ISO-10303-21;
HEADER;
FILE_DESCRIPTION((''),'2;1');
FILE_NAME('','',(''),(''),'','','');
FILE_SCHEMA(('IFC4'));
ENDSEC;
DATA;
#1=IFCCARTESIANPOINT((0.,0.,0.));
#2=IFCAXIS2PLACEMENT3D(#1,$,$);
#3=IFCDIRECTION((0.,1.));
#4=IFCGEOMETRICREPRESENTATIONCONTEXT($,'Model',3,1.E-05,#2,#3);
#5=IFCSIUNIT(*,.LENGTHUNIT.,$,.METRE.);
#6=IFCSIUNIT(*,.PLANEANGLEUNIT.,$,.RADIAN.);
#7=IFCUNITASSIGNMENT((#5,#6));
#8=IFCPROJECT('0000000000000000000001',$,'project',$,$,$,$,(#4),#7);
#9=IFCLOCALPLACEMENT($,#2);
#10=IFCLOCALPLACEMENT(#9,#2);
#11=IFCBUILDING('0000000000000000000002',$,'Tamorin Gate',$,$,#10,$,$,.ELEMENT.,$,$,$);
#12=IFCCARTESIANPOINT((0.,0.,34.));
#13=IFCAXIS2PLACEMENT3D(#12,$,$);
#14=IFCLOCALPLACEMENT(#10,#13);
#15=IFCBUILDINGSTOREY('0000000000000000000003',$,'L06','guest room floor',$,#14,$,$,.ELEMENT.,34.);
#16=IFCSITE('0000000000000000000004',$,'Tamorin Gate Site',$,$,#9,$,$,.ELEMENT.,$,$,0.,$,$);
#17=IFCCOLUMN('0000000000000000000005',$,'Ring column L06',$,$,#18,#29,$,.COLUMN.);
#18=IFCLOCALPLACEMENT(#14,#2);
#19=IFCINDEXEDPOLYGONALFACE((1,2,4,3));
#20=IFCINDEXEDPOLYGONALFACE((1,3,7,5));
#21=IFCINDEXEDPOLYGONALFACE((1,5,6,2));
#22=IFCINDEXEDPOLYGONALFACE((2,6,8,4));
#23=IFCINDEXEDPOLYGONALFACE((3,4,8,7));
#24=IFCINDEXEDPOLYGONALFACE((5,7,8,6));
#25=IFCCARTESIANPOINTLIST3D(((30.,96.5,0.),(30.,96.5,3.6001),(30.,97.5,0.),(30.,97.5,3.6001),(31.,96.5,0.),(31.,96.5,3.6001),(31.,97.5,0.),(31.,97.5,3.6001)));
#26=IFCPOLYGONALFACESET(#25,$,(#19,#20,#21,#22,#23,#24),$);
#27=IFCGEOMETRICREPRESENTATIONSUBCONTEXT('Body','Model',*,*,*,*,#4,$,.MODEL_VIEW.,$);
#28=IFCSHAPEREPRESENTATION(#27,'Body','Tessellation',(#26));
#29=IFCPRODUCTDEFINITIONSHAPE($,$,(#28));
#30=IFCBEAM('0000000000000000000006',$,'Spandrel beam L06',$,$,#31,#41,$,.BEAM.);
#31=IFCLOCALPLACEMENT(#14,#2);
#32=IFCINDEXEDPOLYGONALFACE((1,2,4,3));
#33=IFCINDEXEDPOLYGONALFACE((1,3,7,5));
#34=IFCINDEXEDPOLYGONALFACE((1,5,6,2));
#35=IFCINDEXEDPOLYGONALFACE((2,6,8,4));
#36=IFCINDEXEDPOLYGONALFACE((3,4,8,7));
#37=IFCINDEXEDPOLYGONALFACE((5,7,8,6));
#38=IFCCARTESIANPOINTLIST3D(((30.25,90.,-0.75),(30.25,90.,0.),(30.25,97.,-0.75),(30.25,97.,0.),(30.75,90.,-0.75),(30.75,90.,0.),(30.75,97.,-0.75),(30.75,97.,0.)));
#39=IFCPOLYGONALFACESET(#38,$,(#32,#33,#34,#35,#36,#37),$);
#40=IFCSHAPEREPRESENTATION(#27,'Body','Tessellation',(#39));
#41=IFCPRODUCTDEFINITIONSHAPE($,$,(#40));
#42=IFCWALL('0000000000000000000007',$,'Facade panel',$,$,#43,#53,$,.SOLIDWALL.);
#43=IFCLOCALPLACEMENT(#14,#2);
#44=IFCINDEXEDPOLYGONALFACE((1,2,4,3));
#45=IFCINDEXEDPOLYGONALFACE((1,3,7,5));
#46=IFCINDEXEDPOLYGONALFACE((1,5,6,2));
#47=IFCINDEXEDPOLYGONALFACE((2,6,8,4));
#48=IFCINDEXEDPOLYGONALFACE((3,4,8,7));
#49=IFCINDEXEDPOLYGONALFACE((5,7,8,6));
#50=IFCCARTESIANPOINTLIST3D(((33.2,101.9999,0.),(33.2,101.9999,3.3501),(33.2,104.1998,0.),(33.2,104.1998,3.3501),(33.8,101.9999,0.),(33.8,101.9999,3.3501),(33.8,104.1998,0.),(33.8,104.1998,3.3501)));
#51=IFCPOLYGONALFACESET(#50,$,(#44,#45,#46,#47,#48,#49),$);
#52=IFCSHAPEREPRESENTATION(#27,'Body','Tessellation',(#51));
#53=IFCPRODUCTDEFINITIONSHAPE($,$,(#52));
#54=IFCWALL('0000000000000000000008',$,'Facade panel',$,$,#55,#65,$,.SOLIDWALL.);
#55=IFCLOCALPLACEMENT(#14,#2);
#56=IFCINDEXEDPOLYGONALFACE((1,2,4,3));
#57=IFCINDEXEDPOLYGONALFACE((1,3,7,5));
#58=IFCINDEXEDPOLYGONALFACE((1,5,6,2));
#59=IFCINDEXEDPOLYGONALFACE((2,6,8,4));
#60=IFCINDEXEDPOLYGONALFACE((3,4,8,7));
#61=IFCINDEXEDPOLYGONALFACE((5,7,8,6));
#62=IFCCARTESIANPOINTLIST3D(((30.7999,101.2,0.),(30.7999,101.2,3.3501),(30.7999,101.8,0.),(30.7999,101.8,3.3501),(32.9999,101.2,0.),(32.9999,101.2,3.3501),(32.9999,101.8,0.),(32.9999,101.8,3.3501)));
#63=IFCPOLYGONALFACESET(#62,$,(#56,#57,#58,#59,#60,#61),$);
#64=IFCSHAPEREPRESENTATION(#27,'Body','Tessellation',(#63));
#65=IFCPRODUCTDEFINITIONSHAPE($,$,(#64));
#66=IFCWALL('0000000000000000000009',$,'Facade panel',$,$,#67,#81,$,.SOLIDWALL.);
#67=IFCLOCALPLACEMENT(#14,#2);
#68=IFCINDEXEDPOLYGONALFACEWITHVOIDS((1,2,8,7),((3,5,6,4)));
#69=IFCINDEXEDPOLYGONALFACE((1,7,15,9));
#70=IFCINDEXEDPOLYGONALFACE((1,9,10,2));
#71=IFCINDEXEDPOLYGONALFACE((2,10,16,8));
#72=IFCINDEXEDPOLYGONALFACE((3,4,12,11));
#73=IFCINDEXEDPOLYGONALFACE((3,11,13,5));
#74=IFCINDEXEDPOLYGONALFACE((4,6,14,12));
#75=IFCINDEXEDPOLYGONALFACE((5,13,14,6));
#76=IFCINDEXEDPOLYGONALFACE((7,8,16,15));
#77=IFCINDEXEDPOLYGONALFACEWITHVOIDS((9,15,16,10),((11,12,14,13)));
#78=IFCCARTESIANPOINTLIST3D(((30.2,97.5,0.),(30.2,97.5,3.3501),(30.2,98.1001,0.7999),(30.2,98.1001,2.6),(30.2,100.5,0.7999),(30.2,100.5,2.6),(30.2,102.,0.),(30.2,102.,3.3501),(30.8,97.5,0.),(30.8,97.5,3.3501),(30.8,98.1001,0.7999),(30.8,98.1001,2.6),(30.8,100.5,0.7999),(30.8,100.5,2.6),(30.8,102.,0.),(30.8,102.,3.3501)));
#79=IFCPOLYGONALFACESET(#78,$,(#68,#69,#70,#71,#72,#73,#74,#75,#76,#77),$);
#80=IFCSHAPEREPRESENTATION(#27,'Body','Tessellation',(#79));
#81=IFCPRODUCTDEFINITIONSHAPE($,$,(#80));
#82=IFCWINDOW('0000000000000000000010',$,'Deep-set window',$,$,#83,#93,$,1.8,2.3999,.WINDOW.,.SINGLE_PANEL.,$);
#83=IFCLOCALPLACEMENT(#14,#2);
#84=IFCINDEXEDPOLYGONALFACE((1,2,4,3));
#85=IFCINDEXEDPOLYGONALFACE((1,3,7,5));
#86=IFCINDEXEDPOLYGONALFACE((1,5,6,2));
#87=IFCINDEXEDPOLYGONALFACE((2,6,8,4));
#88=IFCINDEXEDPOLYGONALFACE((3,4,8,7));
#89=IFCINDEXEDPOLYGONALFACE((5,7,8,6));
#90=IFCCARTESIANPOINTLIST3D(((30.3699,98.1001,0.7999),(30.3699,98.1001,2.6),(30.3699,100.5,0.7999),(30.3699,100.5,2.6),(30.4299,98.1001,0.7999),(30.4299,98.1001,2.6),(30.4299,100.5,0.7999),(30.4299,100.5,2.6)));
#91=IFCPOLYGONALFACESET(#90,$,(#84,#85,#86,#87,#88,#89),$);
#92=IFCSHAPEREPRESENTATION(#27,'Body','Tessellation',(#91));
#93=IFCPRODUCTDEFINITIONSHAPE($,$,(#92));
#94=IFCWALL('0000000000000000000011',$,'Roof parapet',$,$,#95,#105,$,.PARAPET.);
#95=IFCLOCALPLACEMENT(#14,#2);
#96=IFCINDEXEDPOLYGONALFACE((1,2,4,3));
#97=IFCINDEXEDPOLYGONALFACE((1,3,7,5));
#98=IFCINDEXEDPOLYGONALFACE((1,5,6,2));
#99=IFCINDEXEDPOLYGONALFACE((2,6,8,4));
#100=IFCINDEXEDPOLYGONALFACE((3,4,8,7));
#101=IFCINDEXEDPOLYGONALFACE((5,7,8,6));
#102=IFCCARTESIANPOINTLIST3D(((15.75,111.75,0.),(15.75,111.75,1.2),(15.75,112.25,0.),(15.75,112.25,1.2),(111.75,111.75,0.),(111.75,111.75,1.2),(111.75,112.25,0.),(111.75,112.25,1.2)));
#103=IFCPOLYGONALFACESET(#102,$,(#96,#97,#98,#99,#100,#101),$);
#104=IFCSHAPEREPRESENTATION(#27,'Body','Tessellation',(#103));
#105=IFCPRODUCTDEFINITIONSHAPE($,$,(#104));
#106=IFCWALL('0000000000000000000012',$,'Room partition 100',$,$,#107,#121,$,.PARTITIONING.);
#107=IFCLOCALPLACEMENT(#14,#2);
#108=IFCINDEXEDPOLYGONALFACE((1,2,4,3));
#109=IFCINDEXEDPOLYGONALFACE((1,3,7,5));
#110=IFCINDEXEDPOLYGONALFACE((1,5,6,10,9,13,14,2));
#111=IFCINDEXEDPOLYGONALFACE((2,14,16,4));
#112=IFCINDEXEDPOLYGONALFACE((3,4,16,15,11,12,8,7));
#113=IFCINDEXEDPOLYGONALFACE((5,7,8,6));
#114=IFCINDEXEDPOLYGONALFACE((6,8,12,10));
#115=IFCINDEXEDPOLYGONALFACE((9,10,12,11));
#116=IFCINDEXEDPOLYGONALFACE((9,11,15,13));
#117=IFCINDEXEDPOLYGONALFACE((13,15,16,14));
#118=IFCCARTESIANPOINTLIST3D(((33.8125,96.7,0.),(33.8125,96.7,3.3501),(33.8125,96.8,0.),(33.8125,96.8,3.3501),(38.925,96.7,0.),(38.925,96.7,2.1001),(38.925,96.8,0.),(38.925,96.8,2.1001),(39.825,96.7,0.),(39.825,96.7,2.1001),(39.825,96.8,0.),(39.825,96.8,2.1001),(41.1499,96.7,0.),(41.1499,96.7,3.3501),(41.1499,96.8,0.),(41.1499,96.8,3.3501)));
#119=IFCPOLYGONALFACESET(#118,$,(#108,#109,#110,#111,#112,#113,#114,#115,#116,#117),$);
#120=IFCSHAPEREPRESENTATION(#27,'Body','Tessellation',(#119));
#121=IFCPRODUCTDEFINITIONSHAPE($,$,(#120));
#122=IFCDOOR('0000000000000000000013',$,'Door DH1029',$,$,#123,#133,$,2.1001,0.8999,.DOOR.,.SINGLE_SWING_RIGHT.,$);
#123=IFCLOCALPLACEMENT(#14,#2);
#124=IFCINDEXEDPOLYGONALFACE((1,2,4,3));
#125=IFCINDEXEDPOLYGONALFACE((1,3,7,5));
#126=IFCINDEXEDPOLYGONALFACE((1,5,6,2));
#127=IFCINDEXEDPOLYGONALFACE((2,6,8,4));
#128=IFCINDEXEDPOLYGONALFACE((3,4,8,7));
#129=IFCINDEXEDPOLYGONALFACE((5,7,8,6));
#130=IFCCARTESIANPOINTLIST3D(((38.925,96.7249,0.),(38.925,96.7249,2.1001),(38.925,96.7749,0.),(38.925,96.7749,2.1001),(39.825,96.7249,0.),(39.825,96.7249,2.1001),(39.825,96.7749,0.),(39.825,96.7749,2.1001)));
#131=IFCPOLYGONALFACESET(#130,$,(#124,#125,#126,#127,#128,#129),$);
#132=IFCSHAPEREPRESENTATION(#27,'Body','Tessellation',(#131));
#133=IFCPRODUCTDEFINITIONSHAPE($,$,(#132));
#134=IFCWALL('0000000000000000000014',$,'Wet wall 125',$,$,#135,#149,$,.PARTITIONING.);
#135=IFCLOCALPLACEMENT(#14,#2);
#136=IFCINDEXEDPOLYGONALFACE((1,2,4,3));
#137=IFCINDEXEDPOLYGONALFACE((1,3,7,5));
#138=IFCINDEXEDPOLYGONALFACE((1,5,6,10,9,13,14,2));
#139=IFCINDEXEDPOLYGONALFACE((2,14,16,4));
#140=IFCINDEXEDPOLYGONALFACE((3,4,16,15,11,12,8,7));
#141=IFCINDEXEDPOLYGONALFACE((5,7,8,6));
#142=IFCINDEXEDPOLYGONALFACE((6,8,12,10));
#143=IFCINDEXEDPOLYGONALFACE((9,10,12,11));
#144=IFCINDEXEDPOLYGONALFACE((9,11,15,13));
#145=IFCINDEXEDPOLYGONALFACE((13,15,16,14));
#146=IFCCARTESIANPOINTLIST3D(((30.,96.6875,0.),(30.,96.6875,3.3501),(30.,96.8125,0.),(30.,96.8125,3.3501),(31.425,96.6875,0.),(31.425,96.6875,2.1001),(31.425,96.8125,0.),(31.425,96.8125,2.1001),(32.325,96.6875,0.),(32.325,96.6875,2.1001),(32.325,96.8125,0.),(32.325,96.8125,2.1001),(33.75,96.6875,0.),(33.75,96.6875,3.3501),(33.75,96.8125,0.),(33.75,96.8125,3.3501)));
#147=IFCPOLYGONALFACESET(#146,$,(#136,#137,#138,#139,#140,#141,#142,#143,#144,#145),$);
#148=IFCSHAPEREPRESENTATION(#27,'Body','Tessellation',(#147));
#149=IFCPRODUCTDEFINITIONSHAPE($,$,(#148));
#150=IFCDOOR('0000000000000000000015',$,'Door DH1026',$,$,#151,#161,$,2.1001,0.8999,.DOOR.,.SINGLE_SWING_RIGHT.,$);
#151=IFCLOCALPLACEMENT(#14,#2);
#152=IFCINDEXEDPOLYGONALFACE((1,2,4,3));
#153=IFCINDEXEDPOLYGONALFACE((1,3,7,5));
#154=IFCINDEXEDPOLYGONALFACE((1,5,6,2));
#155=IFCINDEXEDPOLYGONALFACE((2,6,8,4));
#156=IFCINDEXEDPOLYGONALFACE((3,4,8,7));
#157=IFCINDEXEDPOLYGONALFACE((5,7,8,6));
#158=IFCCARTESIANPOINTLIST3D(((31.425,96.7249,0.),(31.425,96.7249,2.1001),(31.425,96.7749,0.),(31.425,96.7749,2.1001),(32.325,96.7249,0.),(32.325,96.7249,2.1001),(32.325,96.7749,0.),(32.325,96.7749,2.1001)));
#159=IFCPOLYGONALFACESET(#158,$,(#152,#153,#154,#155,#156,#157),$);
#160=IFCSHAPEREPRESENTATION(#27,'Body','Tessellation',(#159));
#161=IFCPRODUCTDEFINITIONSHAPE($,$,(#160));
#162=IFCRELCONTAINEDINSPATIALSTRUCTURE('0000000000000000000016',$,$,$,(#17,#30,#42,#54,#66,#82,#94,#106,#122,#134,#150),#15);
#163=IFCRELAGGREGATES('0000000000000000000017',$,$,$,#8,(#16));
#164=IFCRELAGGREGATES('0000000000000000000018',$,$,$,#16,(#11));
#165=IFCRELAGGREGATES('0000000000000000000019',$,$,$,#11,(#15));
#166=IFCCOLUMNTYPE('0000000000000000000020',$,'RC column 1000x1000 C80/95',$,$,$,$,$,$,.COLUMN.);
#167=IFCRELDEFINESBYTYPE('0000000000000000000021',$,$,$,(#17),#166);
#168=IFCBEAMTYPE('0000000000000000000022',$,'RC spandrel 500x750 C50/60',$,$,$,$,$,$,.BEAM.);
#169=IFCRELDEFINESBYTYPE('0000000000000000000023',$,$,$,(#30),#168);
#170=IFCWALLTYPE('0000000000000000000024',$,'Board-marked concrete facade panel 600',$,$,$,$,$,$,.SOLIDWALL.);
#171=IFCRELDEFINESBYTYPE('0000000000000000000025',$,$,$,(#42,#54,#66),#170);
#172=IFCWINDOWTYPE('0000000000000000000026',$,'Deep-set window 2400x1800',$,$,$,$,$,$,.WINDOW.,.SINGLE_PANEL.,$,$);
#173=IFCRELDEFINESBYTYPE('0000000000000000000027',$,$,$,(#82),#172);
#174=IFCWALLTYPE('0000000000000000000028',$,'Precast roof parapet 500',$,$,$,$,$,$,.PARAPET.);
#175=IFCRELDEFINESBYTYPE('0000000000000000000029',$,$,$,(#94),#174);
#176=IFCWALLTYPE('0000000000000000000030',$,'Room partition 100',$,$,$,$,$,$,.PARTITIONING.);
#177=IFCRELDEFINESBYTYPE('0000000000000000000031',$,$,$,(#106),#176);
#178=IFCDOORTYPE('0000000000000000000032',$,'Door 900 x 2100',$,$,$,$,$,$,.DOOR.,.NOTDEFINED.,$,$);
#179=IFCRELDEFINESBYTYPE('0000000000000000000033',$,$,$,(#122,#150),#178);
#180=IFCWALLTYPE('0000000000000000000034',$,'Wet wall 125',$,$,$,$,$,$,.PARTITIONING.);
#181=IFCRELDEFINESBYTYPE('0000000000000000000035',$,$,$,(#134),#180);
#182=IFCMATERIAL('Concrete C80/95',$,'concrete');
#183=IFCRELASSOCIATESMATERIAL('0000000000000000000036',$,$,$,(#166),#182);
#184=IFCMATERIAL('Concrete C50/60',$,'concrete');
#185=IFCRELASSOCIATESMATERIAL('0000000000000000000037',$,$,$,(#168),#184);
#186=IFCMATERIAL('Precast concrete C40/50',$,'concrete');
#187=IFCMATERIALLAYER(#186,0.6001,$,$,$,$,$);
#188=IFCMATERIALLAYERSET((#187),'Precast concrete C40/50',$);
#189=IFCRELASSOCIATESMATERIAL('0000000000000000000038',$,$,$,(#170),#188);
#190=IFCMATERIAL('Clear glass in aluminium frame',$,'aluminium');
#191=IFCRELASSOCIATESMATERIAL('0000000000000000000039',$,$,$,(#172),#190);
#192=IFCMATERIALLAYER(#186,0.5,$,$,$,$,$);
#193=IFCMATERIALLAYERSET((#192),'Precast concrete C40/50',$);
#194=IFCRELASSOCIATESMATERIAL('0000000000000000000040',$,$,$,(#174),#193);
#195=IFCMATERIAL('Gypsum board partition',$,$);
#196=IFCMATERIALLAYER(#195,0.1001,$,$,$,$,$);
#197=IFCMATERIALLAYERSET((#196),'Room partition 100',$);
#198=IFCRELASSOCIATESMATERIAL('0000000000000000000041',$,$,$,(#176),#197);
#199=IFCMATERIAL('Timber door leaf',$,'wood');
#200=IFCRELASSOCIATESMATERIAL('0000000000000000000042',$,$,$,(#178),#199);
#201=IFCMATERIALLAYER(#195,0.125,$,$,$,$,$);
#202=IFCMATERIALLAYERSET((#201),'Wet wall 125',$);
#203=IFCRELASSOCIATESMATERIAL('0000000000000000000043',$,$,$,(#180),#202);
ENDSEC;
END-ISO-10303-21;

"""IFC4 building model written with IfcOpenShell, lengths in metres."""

from ifc_helpers import new_model, si_unit, direction, frame, frame_2d, origin, origin_2d, place, context, subcontext, project, spatial, rectangle, extrude, material, layer, layer_set, material_profile, profile_set, type_object, element, fill, save


model = new_model("IFC4")

# Units and contexts
model_context = context("Model", 3, precision=1e-05, world=origin(), true_north=direction((0.0, 1.0)))
body_context = subcontext(model_context, "Body", "Model", "MODEL_VIEW")
ifc_project = project(units=[si_unit("LENGTHUNIT", "METRE"), si_unit("PLANEANGLEUNIT", "RADIAN")], contexts=[model_context])

# Site, building, storey
site_placement = place(None, origin())
site = spatial("IfcSite", under=ifc_project, at=site_placement, Name="Tamorin Gate Site", CompositionType="ELEMENT", RefElevation=0.0)
building_placement = place(site_placement, origin())
building = spatial("IfcBuilding", under=site, at=building_placement, Name="Tamorin Gate", CompositionType="ELEMENT")
storey_placement = place(building_placement, frame((0.0, 0.0, 34.0)))
storey = spatial("IfcBuildingStorey", under=building, at=storey_placement, Name="L06", Description="guest room floor", CompositionType="ELEMENT", Elevation=34.0)

# Column
ifc_material_1 = material(Name="Concrete C80/95", Category="concrete")
ifc_material_profile_1 = material_profile(ifc_material_1, rectangle(XDim=1.0, YDim=1.0, at=origin_2d()), Name="RC 1000x1000")
ifc_profile_set_1 = profile_set([ifc_material_profile_1], Name="Concrete C80/95")
column_type = type_object("IfcColumnType", Name="RC column 1000x1000 C80/95", PredefinedType="COLUMN", material=ifc_profile_set_1)
column_placement = place(storey_placement, frame((30.5, 97.0, 0.0), z_axis=(0.0, 0.0, 1.0), x_axis=(1.0, 0.0, 0.0)))
element("IfcColumn", 1, at=column_placement, inside=storey, type_object=column_type, Name="Ring column L06", PredefinedType="COLUMN", context=body_context, shape_type="SweptSolid", body=[
    extrude(rectangle(XDim=1.0, YDim=1.0, at=origin_2d()), origin(), (0.0, 0.0, 1.0), 3.6001),
])

# Beam
ifc_material_2 = material(Name="Concrete C50/60", Category="concrete")
ifc_material_profile_2 = material_profile(ifc_material_2, rectangle(XDim=0.5, YDim=0.75, at=origin_2d()), Name="RC 500x750")
ifc_profile_set_2 = profile_set([ifc_material_profile_2], Name="Concrete C50/60")
beam_type = type_object("IfcBeamType", Name="RC spandrel 500x750 C50/60", PredefinedType="BEAM", material=ifc_profile_set_2)
beam_placement = place(storey_placement, frame((30.5, 97.0, -0.375), z_axis=(0.0, -1.0, 0.0), x_axis=(1.0, 0.0, 0.0)))
element("IfcBeam", 2, at=beam_placement, inside=storey, type_object=beam_type, Name="Spandrel beam L06", PredefinedType="BEAM", context=body_context, shape_type="SweptSolid", body=[
    extrude(rectangle(XDim=0.5, YDim=0.75, at=origin_2d()), origin(), (0.0, 0.0, 1.0), 7.0),
])

# Walls
ifc_material_3 = material(Name="Precast concrete C40/50", Category="concrete")
ifc_layer_1 = layer(ifc_material_3, 0.6001)
ifc_layer_set_1 = layer_set([ifc_layer_1], Name="Precast concrete C40/50")
wall_type_1 = type_object("IfcWallType", Name="Board-marked concrete facade panel 600", PredefinedType="SOLIDWALL", material=ifc_layer_set_1)
for number, where, z_axis, x_axis, name in (
    (3, (33.5, 104.2, 0.0), (0.0, 0.0, 1.0), (0.0, -1.0, 0.0), "Facade panel"),
    (4, (33.0, 101.5, 0.0), (0.0, 0.0, 1.0), (-1.0, 0.0, 0.0), "Facade panel"),
):
    element("IfcWall", number, at=place(storey_placement, frame(where, z_axis=z_axis, x_axis=x_axis)), inside=storey, type_object=wall_type_1, Name=name, PredefinedType="SOLIDWALL", context=body_context, shape_type="SweptSolid", body=[
        extrude(rectangle(XDim=2.2, YDim=0.6001, at=frame_2d((1.1001, 0.0))), origin(), (0.0, 0.0, 1.0), 3.3501),
    ])

# Wall, opening, window
wall_1_placement = place(storey_placement, frame((30.5, 102.0, 0.0), z_axis=(0.0, 0.0, 1.0), x_axis=(0.0, -1.0, 0.0)))
wall_1 = element("IfcWall", 5, at=wall_1_placement, inside=storey, type_object=wall_type_1, Name="Facade panel", PredefinedType="SOLIDWALL", context=body_context, shape_type="SweptSolid", body=[
    extrude(rectangle(XDim=4.5, YDim=0.6001, at=frame_2d((2.25, 0.0))), origin(), (0.0, 0.0, 1.0), 3.3501),
])
opening_1_placement = place(wall_1_placement, frame((1.5, 0.0, 0.8)))
opening_1 = element("IfcOpeningElement", 6, at=opening_1_placement, cuts=wall_1, PredefinedType="OPENING", context=body_context, shape_type="SweptSolid", body=[
    extrude(rectangle(XDim=2.3999, YDim=1.8, at=frame_2d((1.2, 0.8999))), frame((0.0, 0.3101, 0.0), z_axis=(0.0, -1.0, 0.0), x_axis=(1.0, 0.0, 0.0)), (0.0, 0.0, 1.0), 0.6201),
])
ifc_material_4 = material(Name="Clear glass in aluminium frame", Category="aluminium")
window_type = type_object("IfcWindowType", Name="Deep-set window 2400x1800", PartitioningType="SINGLE_PANEL", PredefinedType="WINDOW", material=ifc_material_4)
window_placement = place(opening_1_placement, origin())
window = element("IfcWindow", 7, at=window_placement, inside=storey, type_object=window_type, Name="Deep-set window", OverallHeight=1.8, OverallWidth=2.3999, PartitioningType="SINGLE_PANEL", PredefinedType="WINDOW", context=body_context, shape_type="SweptSolid", body=[
    extrude(rectangle(XDim=2.3999, YDim=1.8, at=frame_2d((1.2, 0.8999))), frame((0.0, -0.0701, 0.0), z_axis=(0.0, -1.0, 0.0), x_axis=(1.0, 0.0, 0.0)), (0.0, 0.0, 1.0), 0.0601),
])
fill(opening_1, window)

# Wall
ifc_layer_2 = layer(ifc_material_3, 0.5)
ifc_layer_set_2 = layer_set([ifc_layer_2], Name="Precast concrete C40/50")
wall_type_2 = type_object("IfcWallType", Name="Precast roof parapet 500", PredefinedType="PARAPET", material=ifc_layer_set_2)
wall_2_placement = place(storey_placement, frame((15.75, 112.0, 0.0), z_axis=(0.0, 0.0, 1.0), x_axis=(1.0, 0.0, 0.0)))
element("IfcWall", 8, at=wall_2_placement, inside=storey, type_object=wall_type_2, Name="Roof parapet", PredefinedType="PARAPET", context=body_context, shape_type="SweptSolid", body=[
    extrude(rectangle(XDim=96.0, YDim=0.5, at=frame_2d((48.0, 0.0))), origin(), (0.0, 0.0, 1.0), 1.2),
])

# Walls, openings, doors
ifc_material_5 = material(Name="Gypsum board partition")
ifc_layer_3 = layer(ifc_material_5, 0.1001)
ifc_layer_set_3 = layer_set([ifc_layer_3], Name="Room partition 100")
wall_type_3 = type_object("IfcWallType", Name="Room partition 100", PredefinedType="PARTITIONING", material=ifc_layer_set_3)
wall_3_placement = place(storey_placement, frame((33.8125, 96.75, 0.0), z_axis=(0.0, 0.0, 1.0), x_axis=(1.0, 0.0, 0.0)))
wall_3 = element("IfcWall", 9, at=wall_3_placement, inside=storey, type_object=wall_type_3, Name="Room partition 100", PredefinedType="PARTITIONING", context=body_context, shape_type="SweptSolid", body=[
    extrude(rectangle(XDim=7.3374, YDim=0.1001, at=frame_2d((3.6687, 0.0))), origin(), (0.0, 0.0, 1.0), 3.3501),
])
opening_2_placement = place(wall_3_placement, frame((5.1125, 0.0, 0.0)))
opening_2 = element("IfcOpeningElement", 10, at=opening_2_placement, cuts=wall_3, PredefinedType="OPENING", context=body_context, shape_type="SweptSolid", body=[
    extrude(rectangle(XDim=0.8999, YDim=2.1001, at=frame_2d((0.45, 1.05))), frame((0.0, 0.0601, 0.0), z_axis=(0.0, -1.0, 0.0), x_axis=(1.0, 0.0, 0.0)), (0.0, 0.0, 1.0), 0.1201),
])
ifc_material_6 = material(Name="Timber door leaf", Category="wood")
door_type = type_object("IfcDoorType", Name="Door 900 x 2100", OperationType="NOTDEFINED", PredefinedType="DOOR", material=ifc_material_6)
door_1_placement = place(opening_2_placement, origin())
door_1 = element("IfcDoor", 11, at=door_1_placement, inside=storey, type_object=door_type, Name="Door DH1029", OperationType="SINGLE_SWING_RIGHT", OverallHeight=2.1001, OverallWidth=0.8999, PredefinedType="DOOR", context=body_context, shape_type="SweptSolid", body=[
    extrude(rectangle(XDim=0.8999, YDim=2.1001, at=frame_2d((0.45, 1.05))), frame((0.0, 0.0249, 0.0), z_axis=(0.0, -1.0, 0.0), x_axis=(1.0, 0.0, 0.0)), (0.0, 0.0, 1.0), 0.05),
])
fill(opening_2, door_1)
ifc_layer_4 = layer(ifc_material_5, 0.125)
ifc_layer_set_4 = layer_set([ifc_layer_4], Name="Wet wall 125")
wall_type_4 = type_object("IfcWallType", Name="Wet wall 125", PredefinedType="PARTITIONING", material=ifc_layer_set_4)
wall_4_placement = place(storey_placement, frame((30.0, 96.75, 0.0), z_axis=(0.0, 0.0, 1.0), x_axis=(1.0, 0.0, 0.0)))
wall_4 = element("IfcWall", 12, at=wall_4_placement, inside=storey, type_object=wall_type_4, Name="Wet wall 125", PredefinedType="PARTITIONING", context=body_context, shape_type="SweptSolid", body=[
    extrude(rectangle(XDim=3.75, YDim=0.125, at=frame_2d((1.875, 0.0))), origin(), (0.0, 0.0, 1.0), 3.3501),
])
opening_3_placement = place(wall_4_placement, frame((1.425, 0.0, 0.0)))
opening_3 = element("IfcOpeningElement", 13, at=opening_3_placement, cuts=wall_4, PredefinedType="OPENING", context=body_context, shape_type="SweptSolid", body=[
    extrude(rectangle(XDim=0.8999, YDim=2.1001, at=frame_2d((0.45, 1.05))), frame((0.0, 0.0725, 0.0), z_axis=(0.0, -1.0, 0.0), x_axis=(1.0, 0.0, 0.0)), (0.0, 0.0, 1.0), 0.145),
])
door_2_placement = place(opening_3_placement, origin())
door_2 = element("IfcDoor", 14, at=door_2_placement, inside=storey, type_object=door_type, Name="Door DH1026", OperationType="SINGLE_SWING_RIGHT", OverallHeight=2.1001, OverallWidth=0.8999, PredefinedType="DOOR", context=body_context, shape_type="SweptSolid", body=[
    extrude(rectangle(XDim=0.8999, YDim=2.1001, at=frame_2d((0.45, 1.05))), frame((0.0, 0.0249, 0.0), z_axis=(0.0, -1.0, 0.0), x_axis=(1.0, 0.0, 0.0)), (0.0, 0.0, 1.0), 0.05),
])
fill(opening_3, door_2)

save(model, "model.ifc")
